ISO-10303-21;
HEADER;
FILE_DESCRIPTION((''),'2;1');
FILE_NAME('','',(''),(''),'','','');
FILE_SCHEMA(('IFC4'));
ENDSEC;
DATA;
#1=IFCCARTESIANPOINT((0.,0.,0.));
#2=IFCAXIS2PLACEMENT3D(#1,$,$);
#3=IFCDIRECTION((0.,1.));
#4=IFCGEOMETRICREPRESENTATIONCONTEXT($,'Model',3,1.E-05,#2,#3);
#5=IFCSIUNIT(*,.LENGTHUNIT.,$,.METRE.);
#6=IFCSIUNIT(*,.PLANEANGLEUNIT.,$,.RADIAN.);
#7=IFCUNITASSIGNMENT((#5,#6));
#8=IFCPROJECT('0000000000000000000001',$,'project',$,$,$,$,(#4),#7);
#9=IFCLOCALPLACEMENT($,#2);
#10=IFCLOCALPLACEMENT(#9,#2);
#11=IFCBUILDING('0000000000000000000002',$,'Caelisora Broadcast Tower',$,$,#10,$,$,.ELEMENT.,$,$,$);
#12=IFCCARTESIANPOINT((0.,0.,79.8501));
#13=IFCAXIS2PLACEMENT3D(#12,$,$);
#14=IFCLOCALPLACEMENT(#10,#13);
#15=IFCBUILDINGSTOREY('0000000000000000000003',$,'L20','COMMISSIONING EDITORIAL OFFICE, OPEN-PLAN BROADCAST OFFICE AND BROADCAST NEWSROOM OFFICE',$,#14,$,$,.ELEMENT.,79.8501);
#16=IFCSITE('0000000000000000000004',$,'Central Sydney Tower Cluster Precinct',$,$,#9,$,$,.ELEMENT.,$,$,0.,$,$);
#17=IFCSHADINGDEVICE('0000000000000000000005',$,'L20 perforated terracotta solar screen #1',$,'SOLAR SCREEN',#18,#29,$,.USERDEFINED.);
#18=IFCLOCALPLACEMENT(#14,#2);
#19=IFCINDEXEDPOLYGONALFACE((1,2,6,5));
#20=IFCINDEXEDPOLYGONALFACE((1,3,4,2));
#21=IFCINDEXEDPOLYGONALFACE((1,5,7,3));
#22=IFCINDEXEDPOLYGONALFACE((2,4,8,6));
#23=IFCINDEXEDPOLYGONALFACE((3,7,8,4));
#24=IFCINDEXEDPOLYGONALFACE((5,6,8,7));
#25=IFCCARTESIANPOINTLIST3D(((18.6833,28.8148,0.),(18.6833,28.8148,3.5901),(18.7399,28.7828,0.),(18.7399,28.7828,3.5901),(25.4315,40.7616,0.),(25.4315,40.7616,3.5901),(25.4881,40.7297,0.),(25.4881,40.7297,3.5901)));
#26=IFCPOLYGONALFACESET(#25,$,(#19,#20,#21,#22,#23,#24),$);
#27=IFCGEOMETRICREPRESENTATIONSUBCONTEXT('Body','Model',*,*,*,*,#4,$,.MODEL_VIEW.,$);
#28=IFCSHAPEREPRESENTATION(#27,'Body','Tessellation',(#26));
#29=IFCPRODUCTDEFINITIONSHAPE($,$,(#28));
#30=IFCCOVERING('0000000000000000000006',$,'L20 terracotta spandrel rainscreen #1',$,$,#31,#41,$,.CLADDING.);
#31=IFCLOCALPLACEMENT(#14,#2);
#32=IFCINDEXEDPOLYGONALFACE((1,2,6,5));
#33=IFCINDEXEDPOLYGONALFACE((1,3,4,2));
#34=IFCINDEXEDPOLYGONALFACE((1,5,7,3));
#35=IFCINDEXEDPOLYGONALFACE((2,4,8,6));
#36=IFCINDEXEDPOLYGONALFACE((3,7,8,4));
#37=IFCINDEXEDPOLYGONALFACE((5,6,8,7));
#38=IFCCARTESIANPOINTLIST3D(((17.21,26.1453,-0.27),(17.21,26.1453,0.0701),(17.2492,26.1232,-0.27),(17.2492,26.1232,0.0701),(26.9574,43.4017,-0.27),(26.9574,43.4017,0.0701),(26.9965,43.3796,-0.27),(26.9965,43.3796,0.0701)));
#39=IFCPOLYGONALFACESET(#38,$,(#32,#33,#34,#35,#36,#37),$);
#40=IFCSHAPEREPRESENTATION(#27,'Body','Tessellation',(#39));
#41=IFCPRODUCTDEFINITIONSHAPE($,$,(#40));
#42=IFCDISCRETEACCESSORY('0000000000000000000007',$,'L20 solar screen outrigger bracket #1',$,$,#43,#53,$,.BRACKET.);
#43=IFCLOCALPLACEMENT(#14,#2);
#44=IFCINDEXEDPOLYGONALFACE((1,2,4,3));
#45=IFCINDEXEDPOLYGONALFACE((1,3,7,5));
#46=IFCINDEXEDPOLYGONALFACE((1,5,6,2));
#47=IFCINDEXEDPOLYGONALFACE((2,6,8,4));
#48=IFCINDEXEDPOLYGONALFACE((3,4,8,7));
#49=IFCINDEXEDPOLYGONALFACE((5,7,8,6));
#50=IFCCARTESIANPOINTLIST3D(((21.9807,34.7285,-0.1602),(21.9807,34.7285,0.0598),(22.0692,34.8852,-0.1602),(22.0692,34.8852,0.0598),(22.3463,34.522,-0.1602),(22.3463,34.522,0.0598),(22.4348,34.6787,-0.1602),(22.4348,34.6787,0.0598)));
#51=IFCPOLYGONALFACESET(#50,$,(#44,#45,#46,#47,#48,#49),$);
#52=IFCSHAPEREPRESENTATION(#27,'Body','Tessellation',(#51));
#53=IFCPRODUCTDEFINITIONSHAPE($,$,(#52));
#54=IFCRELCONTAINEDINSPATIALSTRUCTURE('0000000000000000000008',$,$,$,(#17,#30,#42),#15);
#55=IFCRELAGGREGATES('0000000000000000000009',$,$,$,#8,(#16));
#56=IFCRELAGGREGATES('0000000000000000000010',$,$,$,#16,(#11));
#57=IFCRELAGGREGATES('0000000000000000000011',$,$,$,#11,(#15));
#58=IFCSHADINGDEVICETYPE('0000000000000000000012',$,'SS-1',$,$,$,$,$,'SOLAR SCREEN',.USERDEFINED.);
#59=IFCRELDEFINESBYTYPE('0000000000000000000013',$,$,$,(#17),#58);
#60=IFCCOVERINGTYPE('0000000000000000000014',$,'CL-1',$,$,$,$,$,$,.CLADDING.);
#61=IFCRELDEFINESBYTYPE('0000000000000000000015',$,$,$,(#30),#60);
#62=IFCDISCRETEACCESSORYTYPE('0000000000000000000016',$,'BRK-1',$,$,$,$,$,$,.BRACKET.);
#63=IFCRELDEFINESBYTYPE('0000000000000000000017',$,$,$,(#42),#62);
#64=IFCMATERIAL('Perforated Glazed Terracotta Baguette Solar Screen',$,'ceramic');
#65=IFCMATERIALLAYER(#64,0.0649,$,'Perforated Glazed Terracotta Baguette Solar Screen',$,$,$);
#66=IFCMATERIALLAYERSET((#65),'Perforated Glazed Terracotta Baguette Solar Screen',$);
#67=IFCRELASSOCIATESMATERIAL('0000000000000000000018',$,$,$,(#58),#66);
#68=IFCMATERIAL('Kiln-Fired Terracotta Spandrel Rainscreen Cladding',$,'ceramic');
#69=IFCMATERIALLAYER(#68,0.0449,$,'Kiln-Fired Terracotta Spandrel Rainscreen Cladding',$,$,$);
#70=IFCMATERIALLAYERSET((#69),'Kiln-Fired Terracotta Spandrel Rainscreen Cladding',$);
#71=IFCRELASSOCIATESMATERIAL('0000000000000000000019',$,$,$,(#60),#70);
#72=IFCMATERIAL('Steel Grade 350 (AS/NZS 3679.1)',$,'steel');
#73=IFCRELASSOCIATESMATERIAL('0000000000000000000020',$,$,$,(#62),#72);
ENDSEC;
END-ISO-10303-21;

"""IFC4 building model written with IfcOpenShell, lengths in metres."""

from ifc_helpers import new_model, si_unit, direction, frame, origin, origin_2d, place, context, subcontext, project, spatial, rectangle, extrude, source, transform, mapped, material, layer, layer_set, type_object, type_shapes, element, save


model = new_model("IFC4")

# Units and contexts
model_context = context("Model", 3, precision=1e-05, world=origin(), true_north=direction((0.0, 1.0)))
body_context = subcontext(model_context, "Body", "Model", "MODEL_VIEW")
ifc_project = project(units=[si_unit("LENGTHUNIT", "METRE"), si_unit("PLANEANGLEUNIT", "RADIAN")], contexts=[model_context])

# Site, building, storey
site_placement = place(None, origin())
site = spatial("IfcSite", under=ifc_project, at=site_placement, Name="Central Sydney Tower Cluster Precinct", CompositionType="ELEMENT", RefElevation=0.0)
building_placement = place(site_placement, origin())
building = spatial("IfcBuilding", under=site, at=building_placement, Name="Caelisora Broadcast Tower", CompositionType="ELEMENT")
storey_placement = place(building_placement, frame((0.0, 0.0, 79.8501)))
storey = spatial("IfcBuildingStorey", under=building, at=storey_placement, Name="L20", Description="COMMISSIONING EDITORIAL OFFICE, OPEN-PLAN BROADCAST OFFICE AND BROADCAST NEWSROOM OFFICE", CompositionType="ELEMENT", Elevation=79.8501)

# Shared definitions
ifc_material_1 = material(Name="Steel Grade 350 (AS/NZS 3679.1)", Category="steel")

# Shading device
ifc_material_2 = material(Name="Perforated Glazed Terracotta Baguette Solar Screen", Category="ceramic")
ifc_layer_1 = layer(ifc_material_2, 0.0649, Name="Perforated Glazed Terracotta Baguette Solar Screen")
ifc_layer_set_1 = layer_set([ifc_layer_1], Name="Perforated Glazed Terracotta Baguette Solar Screen")
shading_device_type = type_object("IfcShadingDeviceType", Name="SS-1", ElementType="SOLAR SCREEN", PredefinedType="USERDEFINED", material=ifc_layer_set_1)
shared_shape_1 = source(origin(), body_context, "Body", "SweptSolid", [
    extrude(rectangle(XDim=13.7209, YDim=0.0649, at=origin_2d()), origin(), (0.0, 0.0, 1.0), 3.5901),
])
type_shapes(shading_device_type, [shared_shape_1])
shading_device_placement = place(storey_placement, frame((22.0857, 34.7722, 0.0), z_axis=(0.0, 0.0, 1.0), x_axis=(-0.491816, -0.870699, 0.0)))
element("IfcShadingDevice", 1, at=shading_device_placement, inside=storey, type_object=shading_device_type, Name="L20 perforated terracotta solar screen #1", ObjectType="SOLAR SCREEN", PredefinedType="USERDEFINED", context=body_context, shape_type="MappedRepresentation", body=[
    mapped(shared_shape_1, transform((0.0, 0.0, 0.0), scale=1.0)),
])

# Covering
ifc_material_3 = material(Name="Kiln-Fired Terracotta Spandrel Rainscreen Cladding", Category="ceramic")
ifc_layer_2 = layer(ifc_material_3, 0.0449, Name="Kiln-Fired Terracotta Spandrel Rainscreen Cladding")
ifc_layer_set_2 = layer_set([ifc_layer_2], Name="Kiln-Fired Terracotta Spandrel Rainscreen Cladding")
covering_type = type_object("IfcCoveringType", Name="CL-1", PredefinedType="CLADDING", material=ifc_layer_set_2)
shared_shape_2 = source(origin(), body_context, "Body", "SweptSolid", [
    extrude(rectangle(XDim=19.8191, YDim=0.0449, at=origin_2d()), origin(), (0.0, 0.0, 1.0), 0.3401),
])
type_shapes(covering_type, [shared_shape_2])
covering_placement = place(storey_placement, frame((22.1033, 34.7625, -0.27), z_axis=(0.0, 0.0, 1.0), x_axis=(-0.491816, -0.870699, 0.0)))
element("IfcCovering", 2, at=covering_placement, inside=storey, type_object=covering_type, Name="L20 terracotta spandrel rainscreen #1", PredefinedType="CLADDING", context=body_context, shape_type="MappedRepresentation", body=[
    mapped(shared_shape_2, transform((0.0, 0.0, 0.0), scale=1.0)),
])

# Discrete accessory
discrete_accessory_type = type_object("IfcDiscreteAccessoryType", Name="BRK-1", PredefinedType="BRACKET", material=ifc_material_1)
shared_shape_3 = source(origin(), body_context, "Body", "SweptSolid", [
    extrude(rectangle(XDim=0.1799, YDim=0.4199, at=origin_2d()), origin(), (0.0, 0.0, 1.0), 0.22),
])
type_shapes(discrete_accessory_type, [shared_shape_3])
discrete_accessory_placement = place(storey_placement, frame((22.2078, 34.7036, -0.1602), z_axis=(0.0, 0.0, 1.0), x_axis=(-0.491816, -0.870699, 0.0)))
element("IfcDiscreteAccessory", 3, at=discrete_accessory_placement, inside=storey, type_object=discrete_accessory_type, Name="L20 solar screen outrigger bracket #1", PredefinedType="BRACKET", context=body_context, shape_type="MappedRepresentation", body=[
    mapped(shared_shape_3, transform((0.0, 0.0, 0.0), scale=1.0)),
])

save(model, "model.ifc")
